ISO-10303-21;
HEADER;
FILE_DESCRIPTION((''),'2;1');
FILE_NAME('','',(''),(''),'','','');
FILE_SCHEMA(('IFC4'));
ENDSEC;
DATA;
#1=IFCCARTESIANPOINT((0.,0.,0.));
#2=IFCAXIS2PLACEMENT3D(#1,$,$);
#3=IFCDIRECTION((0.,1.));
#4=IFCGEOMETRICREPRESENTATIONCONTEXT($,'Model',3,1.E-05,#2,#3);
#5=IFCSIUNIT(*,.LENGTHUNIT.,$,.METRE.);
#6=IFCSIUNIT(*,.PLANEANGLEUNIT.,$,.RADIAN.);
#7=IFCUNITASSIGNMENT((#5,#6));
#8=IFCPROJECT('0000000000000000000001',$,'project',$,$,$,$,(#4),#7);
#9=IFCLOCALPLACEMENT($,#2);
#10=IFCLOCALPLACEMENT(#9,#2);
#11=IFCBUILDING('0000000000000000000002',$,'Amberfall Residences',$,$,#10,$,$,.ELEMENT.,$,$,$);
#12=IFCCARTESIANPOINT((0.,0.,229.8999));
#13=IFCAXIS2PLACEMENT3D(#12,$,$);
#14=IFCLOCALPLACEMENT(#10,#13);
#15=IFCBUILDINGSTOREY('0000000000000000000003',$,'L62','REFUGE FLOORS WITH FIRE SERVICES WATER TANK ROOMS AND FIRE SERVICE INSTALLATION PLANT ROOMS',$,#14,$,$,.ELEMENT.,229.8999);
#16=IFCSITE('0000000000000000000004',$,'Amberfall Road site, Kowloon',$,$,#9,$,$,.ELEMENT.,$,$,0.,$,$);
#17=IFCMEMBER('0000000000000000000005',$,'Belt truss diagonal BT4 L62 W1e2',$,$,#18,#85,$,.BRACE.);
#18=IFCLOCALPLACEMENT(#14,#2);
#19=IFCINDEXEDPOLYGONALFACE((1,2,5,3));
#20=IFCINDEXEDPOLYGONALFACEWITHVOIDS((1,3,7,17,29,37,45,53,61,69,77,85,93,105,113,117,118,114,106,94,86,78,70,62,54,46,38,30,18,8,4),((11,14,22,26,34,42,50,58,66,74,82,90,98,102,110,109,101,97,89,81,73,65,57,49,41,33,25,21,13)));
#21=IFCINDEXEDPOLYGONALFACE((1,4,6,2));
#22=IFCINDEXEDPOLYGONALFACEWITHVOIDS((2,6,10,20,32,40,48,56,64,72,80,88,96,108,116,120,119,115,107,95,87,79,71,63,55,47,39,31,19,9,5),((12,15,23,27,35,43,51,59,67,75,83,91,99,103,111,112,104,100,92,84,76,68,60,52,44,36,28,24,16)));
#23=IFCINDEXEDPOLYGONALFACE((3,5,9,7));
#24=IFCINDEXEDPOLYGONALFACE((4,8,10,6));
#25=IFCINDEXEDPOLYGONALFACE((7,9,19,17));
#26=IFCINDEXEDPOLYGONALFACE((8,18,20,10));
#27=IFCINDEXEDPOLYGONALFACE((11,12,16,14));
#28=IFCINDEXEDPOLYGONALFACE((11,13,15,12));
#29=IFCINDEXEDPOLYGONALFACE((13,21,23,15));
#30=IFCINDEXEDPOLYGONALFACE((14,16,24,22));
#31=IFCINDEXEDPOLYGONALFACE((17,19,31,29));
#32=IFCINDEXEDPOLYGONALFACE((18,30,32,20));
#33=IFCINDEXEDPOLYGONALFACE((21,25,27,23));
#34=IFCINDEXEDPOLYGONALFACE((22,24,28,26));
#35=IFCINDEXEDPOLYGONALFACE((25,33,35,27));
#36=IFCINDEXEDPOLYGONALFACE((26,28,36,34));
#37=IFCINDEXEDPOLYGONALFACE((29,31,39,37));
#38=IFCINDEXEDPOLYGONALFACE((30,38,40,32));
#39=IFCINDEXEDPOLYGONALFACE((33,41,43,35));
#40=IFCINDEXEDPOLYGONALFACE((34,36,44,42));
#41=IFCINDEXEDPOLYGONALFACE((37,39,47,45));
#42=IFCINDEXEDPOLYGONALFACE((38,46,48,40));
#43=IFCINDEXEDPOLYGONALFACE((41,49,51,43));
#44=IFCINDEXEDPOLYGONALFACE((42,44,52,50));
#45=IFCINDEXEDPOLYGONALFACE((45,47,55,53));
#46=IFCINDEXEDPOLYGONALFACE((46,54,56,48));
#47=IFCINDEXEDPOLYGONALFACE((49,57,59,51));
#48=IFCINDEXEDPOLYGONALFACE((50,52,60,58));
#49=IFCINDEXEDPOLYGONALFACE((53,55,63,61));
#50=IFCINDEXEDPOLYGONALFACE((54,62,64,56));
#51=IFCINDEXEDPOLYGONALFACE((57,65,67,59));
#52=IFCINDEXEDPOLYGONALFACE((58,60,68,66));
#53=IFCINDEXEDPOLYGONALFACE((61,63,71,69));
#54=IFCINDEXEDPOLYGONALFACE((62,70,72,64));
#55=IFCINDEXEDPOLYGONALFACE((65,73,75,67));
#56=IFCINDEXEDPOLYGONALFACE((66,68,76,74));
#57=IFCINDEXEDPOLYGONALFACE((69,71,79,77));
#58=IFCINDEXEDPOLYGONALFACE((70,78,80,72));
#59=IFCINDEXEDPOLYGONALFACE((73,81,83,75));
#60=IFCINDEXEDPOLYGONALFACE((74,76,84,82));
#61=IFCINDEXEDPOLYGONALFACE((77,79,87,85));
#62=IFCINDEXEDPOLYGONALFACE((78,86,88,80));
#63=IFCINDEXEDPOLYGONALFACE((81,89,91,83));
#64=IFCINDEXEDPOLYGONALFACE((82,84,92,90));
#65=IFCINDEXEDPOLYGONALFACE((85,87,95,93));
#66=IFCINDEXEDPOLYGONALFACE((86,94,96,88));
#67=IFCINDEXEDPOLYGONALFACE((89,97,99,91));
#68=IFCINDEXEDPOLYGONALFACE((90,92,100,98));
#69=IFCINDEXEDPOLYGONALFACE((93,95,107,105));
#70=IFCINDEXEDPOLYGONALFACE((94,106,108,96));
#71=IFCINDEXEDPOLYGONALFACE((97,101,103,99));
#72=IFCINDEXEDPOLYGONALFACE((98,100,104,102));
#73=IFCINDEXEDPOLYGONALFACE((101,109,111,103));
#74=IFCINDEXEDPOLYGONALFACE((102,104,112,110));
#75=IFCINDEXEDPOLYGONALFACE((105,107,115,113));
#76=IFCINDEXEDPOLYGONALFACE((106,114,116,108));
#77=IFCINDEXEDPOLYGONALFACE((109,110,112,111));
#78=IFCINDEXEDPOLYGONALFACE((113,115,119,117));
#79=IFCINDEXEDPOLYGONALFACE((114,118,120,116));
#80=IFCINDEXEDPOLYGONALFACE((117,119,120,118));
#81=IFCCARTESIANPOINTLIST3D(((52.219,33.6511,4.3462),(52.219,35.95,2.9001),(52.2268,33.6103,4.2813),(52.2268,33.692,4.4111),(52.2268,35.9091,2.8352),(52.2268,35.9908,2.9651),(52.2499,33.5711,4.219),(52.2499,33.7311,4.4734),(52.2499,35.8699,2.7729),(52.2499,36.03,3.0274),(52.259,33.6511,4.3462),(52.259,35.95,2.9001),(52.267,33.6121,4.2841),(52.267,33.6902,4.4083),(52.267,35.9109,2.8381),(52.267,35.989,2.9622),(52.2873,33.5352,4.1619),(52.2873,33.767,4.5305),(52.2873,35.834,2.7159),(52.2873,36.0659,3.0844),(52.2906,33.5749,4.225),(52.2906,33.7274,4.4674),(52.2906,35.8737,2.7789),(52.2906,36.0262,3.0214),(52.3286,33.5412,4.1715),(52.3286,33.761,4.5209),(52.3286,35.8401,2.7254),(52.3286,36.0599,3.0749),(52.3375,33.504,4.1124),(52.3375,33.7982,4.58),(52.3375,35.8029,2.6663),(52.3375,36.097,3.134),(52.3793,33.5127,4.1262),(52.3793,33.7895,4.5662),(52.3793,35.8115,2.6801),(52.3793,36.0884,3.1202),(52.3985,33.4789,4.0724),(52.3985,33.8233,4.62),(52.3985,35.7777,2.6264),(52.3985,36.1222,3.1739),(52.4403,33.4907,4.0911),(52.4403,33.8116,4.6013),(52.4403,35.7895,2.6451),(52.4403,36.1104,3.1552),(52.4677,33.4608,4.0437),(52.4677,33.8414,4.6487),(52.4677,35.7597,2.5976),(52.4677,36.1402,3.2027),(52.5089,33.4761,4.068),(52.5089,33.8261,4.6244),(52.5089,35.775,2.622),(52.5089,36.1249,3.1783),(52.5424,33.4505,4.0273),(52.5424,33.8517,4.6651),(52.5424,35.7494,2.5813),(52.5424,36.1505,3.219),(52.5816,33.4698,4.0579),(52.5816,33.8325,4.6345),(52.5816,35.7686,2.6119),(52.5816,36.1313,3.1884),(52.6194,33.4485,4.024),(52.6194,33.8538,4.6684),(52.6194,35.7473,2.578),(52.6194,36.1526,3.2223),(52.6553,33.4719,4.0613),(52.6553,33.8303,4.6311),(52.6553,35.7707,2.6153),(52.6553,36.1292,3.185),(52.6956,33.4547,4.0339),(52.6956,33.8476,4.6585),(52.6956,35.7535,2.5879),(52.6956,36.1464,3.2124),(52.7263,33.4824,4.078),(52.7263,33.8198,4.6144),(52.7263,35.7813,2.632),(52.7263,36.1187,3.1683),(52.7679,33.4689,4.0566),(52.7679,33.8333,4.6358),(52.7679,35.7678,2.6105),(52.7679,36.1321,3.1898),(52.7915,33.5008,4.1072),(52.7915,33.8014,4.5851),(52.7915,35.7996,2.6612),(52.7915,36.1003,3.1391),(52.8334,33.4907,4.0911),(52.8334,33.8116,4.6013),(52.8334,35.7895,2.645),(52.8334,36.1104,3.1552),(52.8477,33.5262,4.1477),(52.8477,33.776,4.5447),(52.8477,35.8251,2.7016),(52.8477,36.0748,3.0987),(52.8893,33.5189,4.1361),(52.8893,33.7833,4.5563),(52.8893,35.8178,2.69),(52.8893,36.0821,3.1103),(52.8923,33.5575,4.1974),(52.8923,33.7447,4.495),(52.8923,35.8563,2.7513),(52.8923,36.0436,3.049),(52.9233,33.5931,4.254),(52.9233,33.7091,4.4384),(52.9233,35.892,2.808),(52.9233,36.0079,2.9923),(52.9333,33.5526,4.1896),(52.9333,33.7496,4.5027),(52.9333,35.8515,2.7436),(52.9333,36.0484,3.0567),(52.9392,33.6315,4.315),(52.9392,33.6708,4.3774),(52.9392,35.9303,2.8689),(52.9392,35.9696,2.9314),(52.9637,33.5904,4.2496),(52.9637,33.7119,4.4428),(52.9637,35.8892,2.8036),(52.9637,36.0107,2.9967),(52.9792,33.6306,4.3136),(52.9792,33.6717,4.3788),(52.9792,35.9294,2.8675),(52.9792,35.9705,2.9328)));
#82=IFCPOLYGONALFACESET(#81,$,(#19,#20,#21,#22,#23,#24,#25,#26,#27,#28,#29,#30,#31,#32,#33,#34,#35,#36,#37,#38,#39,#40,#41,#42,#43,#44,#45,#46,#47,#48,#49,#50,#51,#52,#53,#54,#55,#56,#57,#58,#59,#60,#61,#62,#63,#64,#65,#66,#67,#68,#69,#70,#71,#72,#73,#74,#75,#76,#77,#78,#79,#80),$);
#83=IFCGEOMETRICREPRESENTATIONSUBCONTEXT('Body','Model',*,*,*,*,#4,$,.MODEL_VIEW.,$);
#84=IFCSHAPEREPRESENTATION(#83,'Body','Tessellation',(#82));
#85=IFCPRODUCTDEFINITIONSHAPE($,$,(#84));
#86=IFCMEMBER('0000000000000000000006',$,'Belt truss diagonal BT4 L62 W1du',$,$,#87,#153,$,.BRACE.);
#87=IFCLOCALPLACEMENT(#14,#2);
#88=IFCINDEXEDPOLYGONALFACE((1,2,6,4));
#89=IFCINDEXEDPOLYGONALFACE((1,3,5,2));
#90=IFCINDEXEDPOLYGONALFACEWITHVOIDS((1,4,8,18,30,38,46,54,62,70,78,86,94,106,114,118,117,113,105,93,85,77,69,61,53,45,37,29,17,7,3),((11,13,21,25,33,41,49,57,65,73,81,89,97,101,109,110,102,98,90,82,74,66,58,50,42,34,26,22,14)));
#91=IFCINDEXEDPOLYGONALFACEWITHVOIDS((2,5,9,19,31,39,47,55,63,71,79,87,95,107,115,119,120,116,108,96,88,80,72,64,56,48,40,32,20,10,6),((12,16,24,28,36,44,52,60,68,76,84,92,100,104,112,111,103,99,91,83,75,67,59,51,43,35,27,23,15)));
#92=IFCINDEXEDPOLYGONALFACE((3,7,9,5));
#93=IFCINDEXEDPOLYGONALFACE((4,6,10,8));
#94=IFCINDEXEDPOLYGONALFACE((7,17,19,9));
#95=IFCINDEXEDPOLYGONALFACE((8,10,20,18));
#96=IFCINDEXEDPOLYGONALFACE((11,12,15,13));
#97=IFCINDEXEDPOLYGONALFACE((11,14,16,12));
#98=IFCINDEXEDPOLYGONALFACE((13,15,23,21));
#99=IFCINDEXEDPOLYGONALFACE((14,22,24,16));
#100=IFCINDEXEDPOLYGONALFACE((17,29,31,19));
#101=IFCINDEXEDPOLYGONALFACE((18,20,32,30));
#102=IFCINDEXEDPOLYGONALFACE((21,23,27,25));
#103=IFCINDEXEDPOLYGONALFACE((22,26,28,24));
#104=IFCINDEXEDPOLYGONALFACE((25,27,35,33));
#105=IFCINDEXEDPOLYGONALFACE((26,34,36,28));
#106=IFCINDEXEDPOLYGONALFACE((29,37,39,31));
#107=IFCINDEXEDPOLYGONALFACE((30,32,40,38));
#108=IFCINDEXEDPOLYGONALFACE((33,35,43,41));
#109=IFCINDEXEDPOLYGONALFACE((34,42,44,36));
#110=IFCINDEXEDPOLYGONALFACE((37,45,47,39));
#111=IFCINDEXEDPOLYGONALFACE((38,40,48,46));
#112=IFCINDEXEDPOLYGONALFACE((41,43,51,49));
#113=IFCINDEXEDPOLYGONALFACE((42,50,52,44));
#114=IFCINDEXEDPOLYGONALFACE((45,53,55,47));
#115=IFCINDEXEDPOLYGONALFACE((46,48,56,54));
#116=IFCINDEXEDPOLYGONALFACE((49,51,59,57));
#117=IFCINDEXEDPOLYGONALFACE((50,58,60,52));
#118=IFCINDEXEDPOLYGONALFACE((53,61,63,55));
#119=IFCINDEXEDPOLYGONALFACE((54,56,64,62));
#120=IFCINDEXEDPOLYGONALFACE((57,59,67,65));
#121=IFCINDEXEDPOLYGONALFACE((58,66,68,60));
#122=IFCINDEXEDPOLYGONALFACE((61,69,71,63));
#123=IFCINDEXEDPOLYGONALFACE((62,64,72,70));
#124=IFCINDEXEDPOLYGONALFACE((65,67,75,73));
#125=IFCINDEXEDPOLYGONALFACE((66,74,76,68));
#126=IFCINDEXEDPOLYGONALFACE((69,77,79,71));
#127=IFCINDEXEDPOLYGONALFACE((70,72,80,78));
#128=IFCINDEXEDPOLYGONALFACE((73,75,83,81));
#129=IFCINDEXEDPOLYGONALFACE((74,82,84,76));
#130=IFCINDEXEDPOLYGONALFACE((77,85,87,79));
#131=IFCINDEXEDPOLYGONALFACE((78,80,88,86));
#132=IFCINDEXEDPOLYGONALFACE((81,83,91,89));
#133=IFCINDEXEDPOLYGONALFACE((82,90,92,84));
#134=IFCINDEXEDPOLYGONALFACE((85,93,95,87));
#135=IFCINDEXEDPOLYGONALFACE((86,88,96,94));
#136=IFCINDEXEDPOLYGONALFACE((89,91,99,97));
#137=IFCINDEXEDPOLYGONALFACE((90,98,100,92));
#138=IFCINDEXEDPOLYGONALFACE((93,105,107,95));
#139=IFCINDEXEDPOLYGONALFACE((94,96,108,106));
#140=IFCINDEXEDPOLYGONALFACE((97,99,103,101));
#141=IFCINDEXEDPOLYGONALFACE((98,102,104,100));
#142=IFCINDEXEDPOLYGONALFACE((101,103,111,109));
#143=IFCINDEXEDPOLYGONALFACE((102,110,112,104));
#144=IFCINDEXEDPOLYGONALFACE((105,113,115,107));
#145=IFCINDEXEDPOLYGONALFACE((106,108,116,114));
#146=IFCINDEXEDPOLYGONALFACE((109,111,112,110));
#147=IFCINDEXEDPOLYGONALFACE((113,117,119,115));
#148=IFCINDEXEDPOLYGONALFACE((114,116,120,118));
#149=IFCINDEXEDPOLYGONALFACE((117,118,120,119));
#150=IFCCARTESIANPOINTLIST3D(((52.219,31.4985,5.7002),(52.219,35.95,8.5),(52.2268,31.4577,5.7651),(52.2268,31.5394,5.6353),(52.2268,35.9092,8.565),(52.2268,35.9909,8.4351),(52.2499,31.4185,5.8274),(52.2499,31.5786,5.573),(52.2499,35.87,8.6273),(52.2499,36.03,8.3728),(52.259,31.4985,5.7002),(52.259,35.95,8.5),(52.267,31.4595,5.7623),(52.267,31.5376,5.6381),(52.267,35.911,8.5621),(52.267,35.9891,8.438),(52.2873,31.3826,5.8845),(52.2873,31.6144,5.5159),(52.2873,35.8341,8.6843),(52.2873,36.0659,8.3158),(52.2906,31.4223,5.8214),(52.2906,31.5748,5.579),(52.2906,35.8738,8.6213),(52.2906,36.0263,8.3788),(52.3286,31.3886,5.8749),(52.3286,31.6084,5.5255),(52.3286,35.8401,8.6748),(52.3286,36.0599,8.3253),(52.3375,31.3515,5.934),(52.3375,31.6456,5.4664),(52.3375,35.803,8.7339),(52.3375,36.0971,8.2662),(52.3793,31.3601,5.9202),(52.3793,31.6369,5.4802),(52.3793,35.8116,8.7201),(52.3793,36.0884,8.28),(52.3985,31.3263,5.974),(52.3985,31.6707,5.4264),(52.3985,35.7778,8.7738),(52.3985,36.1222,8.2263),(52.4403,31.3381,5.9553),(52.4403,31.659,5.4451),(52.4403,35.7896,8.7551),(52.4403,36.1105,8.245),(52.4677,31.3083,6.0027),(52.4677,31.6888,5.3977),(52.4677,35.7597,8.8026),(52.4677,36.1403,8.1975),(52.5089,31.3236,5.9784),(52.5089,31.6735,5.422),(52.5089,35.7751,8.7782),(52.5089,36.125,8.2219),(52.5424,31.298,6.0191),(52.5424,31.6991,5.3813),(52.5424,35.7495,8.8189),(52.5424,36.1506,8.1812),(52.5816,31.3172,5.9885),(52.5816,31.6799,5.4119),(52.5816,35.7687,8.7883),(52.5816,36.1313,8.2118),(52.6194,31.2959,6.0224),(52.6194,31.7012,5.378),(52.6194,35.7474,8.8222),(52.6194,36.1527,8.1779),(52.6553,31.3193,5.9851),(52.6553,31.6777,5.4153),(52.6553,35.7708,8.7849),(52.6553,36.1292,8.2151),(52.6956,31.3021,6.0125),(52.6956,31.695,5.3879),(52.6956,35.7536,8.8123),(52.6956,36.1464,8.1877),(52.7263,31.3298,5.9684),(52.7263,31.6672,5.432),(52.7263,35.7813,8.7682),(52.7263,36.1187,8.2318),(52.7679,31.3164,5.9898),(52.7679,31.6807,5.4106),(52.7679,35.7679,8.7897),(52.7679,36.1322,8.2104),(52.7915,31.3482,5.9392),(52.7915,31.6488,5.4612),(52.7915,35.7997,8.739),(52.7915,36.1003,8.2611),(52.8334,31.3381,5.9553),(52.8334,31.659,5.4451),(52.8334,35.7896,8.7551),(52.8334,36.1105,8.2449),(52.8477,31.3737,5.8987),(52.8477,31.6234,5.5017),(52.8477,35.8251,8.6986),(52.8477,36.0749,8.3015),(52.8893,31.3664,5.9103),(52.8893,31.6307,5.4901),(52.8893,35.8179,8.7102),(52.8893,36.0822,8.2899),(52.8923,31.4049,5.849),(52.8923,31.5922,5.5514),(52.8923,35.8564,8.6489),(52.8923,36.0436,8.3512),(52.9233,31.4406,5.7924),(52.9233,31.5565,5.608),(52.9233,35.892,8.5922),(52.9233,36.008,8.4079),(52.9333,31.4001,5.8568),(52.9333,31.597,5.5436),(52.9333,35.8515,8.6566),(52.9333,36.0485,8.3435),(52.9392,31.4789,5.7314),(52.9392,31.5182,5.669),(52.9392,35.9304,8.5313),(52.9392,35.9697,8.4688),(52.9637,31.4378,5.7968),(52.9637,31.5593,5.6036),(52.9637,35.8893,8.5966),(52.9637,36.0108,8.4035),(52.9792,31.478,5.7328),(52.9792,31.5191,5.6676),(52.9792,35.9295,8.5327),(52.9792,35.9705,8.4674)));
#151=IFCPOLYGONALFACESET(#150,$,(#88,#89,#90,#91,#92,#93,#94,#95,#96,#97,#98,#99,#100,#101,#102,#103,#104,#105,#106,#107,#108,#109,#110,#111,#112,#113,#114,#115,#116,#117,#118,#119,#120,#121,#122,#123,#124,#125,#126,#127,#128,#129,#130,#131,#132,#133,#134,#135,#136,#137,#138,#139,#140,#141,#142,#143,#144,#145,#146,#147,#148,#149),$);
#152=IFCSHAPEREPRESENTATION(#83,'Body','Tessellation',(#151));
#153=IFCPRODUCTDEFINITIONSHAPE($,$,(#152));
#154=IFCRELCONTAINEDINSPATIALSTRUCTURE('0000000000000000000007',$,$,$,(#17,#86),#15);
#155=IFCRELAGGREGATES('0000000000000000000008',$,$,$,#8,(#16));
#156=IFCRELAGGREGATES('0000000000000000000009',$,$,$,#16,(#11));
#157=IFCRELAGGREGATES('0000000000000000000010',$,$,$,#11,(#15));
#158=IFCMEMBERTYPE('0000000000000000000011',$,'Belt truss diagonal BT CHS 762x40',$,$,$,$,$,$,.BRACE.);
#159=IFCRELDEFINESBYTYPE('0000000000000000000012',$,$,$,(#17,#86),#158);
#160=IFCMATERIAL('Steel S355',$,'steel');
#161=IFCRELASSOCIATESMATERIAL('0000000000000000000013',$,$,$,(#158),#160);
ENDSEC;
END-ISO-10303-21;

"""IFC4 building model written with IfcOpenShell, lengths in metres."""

from ifc_helpers import new_model, si_unit, direction, frame, origin, origin_2d, place, context, subcontext, project, spatial, hollow_circle, extrude, material, material_profile, profile_set, type_object, element, save


model = new_model("IFC4")

# Units and contexts
model_context = context("Model", 3, precision=1e-05, world=origin(), true_north=direction((0.0, 1.0)))
body_context = subcontext(model_context, "Body", "Model", "MODEL_VIEW")
ifc_project = project(units=[si_unit("LENGTHUNIT", "METRE"), si_unit("PLANEANGLEUNIT", "RADIAN")], contexts=[model_context])

# Site, building, storey
site_placement = place(None, origin())
site = spatial("IfcSite", under=ifc_project, at=site_placement, Name="Amberfall Road site, Kowloon", CompositionType="ELEMENT", RefElevation=0.0)
building_placement = place(site_placement, origin())
building = spatial("IfcBuilding", under=site, at=building_placement, Name="Amberfall Residences", CompositionType="ELEMENT")
storey_placement = place(building_placement, frame((0.0, 0.0, 229.8999)))
storey = spatial("IfcBuildingStorey", under=building, at=storey_placement, Name="L62", Description="REFUGE FLOORS WITH FIRE SERVICES WATER TANK ROOMS AND FIRE SERVICE INSTALLATION PLANT ROOMS", CompositionType="ELEMENT", Elevation=229.8999)

# Shared definitions
ifc_material_1 = material(Name="Steel S355", Category="steel")

# Members
ifc_material_profile_1 = material_profile(ifc_material_1, hollow_circle(Radius=0.3811, WallThickness=0.04, at=origin_2d()), Name="CHS 762x40")
ifc_profile_set_1 = profile_set([ifc_material_profile_1], Name="Steel S355")
member_type = type_object("IfcMemberType", Name="Belt truss diagonal BT CHS 762x40", PredefinedType="BRACE", material=ifc_profile_set_1)
member_1_placement = place(storey_placement, frame((52.6001, 33.6511, 4.3462), z_axis=(0.0, 0.846459, -0.532453), x_axis=(-1.0, 0.0, 0.0)))
element("IfcMember", 1, at=member_1_placement, inside=storey, type_object=member_type, Name="Belt truss diagonal BT4 L62 W1e2", PredefinedType="BRACE", context=body_context, shape_type="SweptSolid", body=[
    extrude(hollow_circle(Radius=0.3811, WallThickness=0.04, at=origin_2d()), origin(), (0.0, 0.0, 1.0), 2.7158),
])
member_2_placement = place(storey_placement, frame((52.6001, 31.4985, 5.7002), z_axis=(0.0, 0.846485, 0.532413), x_axis=(-1.0, 0.0, 0.0)))
element("IfcMember", 2, at=member_2_placement, inside=storey, type_object=member_type, Name="Belt truss diagonal BT4 L62 W1du", PredefinedType="BRACE", context=body_context, shape_type="SweptSolid", body=[
    extrude(hollow_circle(Radius=0.3811, WallThickness=0.04, at=origin_2d()), origin(), (0.0, 0.0, 1.0), 5.2588),
])

save(model, "model.ifc")
